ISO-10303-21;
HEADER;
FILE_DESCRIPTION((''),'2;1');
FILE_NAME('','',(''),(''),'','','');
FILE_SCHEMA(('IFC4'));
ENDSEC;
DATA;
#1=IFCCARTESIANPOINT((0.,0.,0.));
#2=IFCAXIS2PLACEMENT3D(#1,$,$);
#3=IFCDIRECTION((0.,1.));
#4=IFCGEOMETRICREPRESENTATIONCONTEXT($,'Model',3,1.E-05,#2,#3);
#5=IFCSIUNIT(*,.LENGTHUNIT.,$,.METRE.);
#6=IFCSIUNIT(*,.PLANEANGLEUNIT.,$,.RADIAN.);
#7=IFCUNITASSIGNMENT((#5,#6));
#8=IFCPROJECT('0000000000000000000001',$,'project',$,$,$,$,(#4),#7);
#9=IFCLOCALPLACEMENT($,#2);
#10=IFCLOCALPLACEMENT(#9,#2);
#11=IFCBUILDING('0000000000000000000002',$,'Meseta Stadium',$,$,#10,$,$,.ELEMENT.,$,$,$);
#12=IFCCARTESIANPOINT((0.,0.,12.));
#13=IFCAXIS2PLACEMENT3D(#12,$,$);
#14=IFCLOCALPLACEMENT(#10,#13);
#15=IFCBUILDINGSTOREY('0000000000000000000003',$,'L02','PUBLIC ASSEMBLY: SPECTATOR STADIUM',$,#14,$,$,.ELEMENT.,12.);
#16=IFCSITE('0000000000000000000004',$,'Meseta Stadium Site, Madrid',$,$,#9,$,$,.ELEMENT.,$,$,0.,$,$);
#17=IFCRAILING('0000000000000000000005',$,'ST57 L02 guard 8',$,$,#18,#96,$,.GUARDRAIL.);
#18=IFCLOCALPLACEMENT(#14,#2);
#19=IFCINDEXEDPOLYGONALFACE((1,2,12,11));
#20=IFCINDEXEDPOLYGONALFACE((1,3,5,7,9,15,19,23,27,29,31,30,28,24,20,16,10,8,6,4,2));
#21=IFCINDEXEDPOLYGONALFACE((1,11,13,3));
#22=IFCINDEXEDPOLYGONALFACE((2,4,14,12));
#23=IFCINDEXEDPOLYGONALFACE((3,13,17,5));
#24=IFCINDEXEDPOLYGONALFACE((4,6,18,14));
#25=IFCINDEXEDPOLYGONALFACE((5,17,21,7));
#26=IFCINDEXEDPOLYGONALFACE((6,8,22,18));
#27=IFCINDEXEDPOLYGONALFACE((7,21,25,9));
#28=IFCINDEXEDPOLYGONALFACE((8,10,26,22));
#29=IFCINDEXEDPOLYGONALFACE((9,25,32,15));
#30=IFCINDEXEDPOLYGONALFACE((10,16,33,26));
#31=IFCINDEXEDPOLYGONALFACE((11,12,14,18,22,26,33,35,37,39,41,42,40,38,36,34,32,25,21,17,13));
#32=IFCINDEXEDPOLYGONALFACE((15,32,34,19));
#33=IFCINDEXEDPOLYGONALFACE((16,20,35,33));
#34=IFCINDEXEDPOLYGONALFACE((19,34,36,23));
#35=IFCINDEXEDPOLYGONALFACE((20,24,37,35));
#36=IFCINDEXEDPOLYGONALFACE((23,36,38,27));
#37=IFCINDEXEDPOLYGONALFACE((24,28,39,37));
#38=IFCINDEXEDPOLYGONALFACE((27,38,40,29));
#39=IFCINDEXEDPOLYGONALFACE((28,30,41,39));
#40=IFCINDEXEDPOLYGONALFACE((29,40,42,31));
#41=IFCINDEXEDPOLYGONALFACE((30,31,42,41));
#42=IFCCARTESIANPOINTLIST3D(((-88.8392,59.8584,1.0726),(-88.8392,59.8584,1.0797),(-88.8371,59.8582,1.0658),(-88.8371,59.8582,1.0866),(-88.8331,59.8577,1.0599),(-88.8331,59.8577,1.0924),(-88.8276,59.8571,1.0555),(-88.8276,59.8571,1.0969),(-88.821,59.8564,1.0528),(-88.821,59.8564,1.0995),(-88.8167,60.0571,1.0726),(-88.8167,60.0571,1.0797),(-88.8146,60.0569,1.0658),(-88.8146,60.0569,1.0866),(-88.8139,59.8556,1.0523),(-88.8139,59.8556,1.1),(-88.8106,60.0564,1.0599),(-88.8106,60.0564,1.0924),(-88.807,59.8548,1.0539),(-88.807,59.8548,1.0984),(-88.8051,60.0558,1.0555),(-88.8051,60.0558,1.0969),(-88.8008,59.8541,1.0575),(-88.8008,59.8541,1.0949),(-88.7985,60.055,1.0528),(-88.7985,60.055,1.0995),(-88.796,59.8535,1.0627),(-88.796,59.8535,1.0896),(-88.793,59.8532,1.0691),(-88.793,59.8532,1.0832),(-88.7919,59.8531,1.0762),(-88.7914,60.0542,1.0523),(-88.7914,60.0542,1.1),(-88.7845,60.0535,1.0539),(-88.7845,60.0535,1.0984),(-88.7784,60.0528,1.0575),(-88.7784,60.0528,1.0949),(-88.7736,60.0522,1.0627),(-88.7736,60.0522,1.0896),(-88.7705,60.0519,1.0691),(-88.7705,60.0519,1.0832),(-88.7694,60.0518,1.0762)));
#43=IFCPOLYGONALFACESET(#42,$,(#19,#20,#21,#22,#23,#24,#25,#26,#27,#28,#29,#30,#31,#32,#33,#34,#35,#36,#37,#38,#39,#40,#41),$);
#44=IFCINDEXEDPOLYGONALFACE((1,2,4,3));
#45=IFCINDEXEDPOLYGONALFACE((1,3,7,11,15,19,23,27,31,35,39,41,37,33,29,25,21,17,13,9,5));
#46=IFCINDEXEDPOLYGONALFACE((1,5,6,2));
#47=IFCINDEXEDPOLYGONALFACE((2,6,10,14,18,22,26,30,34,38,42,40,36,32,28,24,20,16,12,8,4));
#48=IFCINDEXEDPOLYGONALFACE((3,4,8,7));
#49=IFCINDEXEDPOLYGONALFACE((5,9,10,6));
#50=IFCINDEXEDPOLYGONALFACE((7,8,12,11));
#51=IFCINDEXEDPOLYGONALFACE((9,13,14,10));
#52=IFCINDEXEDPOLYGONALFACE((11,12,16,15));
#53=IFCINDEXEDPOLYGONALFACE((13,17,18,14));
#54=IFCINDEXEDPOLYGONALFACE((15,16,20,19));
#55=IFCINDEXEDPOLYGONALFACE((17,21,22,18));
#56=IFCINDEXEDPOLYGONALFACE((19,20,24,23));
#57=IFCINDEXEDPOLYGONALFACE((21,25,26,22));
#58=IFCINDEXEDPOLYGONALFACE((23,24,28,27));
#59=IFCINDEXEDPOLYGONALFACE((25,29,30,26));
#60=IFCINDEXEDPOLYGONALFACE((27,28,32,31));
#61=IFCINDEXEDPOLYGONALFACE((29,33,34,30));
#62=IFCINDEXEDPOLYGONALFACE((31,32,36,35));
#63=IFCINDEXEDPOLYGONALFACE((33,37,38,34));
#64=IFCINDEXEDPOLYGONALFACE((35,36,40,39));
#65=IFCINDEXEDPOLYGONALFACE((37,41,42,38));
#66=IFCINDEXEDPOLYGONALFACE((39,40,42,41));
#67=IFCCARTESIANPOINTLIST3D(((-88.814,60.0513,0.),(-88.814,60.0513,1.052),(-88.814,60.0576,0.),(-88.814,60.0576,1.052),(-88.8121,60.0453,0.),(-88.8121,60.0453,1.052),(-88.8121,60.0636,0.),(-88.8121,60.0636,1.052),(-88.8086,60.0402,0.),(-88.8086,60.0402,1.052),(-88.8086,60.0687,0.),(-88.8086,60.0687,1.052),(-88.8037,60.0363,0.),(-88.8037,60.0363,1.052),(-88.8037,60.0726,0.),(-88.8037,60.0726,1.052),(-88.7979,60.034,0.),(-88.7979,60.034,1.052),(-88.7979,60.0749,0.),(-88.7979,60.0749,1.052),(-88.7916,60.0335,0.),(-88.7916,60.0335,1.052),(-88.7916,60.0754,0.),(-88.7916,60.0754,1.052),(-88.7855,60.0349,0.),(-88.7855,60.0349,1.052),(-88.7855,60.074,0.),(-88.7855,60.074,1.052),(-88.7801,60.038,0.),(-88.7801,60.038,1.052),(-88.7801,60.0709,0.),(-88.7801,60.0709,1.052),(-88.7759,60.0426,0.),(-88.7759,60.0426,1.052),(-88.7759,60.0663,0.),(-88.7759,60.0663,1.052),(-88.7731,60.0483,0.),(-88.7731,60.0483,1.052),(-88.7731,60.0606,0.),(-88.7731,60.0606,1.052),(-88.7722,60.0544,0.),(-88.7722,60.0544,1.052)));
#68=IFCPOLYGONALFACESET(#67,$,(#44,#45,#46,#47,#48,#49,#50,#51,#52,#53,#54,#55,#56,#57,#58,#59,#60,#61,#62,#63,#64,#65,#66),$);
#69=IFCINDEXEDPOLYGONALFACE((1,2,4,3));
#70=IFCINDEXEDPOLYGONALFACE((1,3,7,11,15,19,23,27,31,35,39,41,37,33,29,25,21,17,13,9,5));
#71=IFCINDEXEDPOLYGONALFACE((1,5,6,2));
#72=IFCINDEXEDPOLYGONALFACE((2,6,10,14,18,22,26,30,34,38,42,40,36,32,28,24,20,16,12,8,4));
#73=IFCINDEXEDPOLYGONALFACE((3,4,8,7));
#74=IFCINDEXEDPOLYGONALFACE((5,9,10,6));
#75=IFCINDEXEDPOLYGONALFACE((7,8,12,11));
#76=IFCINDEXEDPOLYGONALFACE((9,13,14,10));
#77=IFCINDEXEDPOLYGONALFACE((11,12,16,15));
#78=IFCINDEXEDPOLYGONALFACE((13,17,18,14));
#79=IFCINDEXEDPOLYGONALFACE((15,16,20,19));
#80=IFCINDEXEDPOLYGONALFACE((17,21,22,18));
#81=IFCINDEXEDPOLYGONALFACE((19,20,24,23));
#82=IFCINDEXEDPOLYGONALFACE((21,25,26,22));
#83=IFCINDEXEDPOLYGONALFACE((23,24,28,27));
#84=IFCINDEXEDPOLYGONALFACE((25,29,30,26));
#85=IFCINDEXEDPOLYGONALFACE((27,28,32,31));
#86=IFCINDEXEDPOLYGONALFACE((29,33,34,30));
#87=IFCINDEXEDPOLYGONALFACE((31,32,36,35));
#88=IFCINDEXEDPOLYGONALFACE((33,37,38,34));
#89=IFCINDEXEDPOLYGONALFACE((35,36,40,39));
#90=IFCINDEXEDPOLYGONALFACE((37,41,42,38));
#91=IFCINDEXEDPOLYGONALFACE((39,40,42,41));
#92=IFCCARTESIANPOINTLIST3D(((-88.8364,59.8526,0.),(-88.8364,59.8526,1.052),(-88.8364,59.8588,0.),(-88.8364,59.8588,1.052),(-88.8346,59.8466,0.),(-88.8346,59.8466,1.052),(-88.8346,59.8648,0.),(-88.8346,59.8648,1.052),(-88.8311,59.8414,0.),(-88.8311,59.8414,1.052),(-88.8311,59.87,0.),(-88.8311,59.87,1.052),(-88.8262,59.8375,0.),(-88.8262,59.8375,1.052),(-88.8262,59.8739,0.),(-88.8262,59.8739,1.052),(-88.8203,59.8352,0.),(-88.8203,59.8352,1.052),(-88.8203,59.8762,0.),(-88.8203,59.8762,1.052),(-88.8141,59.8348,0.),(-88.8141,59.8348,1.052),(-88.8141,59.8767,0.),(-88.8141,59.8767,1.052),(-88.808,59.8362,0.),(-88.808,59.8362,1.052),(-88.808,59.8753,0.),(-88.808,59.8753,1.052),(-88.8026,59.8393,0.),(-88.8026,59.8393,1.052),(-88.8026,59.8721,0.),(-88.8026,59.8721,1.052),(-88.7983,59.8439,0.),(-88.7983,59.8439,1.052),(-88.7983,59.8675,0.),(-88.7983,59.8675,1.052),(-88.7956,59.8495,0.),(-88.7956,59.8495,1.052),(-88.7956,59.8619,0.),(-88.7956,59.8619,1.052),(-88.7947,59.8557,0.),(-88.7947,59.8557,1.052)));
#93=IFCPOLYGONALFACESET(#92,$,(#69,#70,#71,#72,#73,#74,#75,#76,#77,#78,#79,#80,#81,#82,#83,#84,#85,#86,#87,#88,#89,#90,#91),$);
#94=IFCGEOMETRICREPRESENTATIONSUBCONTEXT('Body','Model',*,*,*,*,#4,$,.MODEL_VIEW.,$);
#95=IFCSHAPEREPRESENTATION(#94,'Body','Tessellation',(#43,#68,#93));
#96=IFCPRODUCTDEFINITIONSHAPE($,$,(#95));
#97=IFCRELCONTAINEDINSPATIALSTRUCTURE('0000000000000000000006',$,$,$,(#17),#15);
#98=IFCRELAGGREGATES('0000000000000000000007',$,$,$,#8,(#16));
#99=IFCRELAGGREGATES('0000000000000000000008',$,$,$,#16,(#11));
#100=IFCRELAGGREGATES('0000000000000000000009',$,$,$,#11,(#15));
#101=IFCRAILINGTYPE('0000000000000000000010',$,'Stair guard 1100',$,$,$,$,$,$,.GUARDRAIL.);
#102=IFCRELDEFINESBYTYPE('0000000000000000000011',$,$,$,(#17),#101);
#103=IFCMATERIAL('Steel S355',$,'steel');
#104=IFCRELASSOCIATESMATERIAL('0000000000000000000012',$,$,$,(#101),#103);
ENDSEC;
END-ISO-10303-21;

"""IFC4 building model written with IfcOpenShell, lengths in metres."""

from ifc_helpers import new_model, si_unit, direction, frame, origin, origin_2d, place, context, subcontext, project, spatial, circle, extrude, material, type_object, element, save


model = new_model("IFC4")

# Units and contexts
model_context = context("Model", 3, precision=1e-05, world=origin(), true_north=direction((0.0, 1.0)))
body_context = subcontext(model_context, "Body", "Model", "MODEL_VIEW")
ifc_project = project(units=[si_unit("LENGTHUNIT", "METRE"), si_unit("PLANEANGLEUNIT", "RADIAN")], contexts=[model_context])

# Site, building, storey
site_placement = place(None, origin())
site = spatial("IfcSite", under=ifc_project, at=site_placement, Name="Meseta Stadium Site, Madrid", CompositionType="ELEMENT", RefElevation=0.0)
building_placement = place(site_placement, origin())
building = spatial("IfcBuilding", under=site, at=building_placement, Name="Meseta Stadium", CompositionType="ELEMENT")
storey_placement = place(building_placement, frame((0.0, 0.0, 12.0)))
storey = spatial("IfcBuildingStorey", under=building, at=storey_placement, Name="L02", Description="PUBLIC ASSEMBLY: SPECTATOR STADIUM", CompositionType="ELEMENT", Elevation=12.0)

# Railing
ifc_material_1 = material(Name="Steel S355", Category="steel")
railing_type_1 = type_object("IfcRailingType", Name="Stair guard 1100", PredefinedType="GUARDRAIL", material=ifc_material_1)
railing_1_placement = place(storey_placement, frame((-88.7932, 60.0544, 0.0)))
element("IfcRailing", 1, at=railing_1_placement, inside=storey, type_object=railing_type_1, Name="ST57 L02 guard 8", PredefinedType="GUARDRAIL", context=body_context, shape_type="SweptSolid", body=[
    extrude(circle(Radius=0.0239, at=origin_2d()), frame((0.0, 0.0, 1.0762), z_axis=(-0.112307, -0.993674, 0.0), x_axis=(0.993674, -0.112307, 0.0)), (0.0, 0.0, 1.0), 0.2),
    extrude(circle(Radius=0.021, at=origin_2d()), origin(), (0.0, 0.0, 1.0), 1.052),
    extrude(circle(Radius=0.021, at=origin_2d()), frame((-0.0225, -0.1987, 0.0)), (0.0, 0.0, 1.0), 1.052),
])

save(model, "model.ifc")
